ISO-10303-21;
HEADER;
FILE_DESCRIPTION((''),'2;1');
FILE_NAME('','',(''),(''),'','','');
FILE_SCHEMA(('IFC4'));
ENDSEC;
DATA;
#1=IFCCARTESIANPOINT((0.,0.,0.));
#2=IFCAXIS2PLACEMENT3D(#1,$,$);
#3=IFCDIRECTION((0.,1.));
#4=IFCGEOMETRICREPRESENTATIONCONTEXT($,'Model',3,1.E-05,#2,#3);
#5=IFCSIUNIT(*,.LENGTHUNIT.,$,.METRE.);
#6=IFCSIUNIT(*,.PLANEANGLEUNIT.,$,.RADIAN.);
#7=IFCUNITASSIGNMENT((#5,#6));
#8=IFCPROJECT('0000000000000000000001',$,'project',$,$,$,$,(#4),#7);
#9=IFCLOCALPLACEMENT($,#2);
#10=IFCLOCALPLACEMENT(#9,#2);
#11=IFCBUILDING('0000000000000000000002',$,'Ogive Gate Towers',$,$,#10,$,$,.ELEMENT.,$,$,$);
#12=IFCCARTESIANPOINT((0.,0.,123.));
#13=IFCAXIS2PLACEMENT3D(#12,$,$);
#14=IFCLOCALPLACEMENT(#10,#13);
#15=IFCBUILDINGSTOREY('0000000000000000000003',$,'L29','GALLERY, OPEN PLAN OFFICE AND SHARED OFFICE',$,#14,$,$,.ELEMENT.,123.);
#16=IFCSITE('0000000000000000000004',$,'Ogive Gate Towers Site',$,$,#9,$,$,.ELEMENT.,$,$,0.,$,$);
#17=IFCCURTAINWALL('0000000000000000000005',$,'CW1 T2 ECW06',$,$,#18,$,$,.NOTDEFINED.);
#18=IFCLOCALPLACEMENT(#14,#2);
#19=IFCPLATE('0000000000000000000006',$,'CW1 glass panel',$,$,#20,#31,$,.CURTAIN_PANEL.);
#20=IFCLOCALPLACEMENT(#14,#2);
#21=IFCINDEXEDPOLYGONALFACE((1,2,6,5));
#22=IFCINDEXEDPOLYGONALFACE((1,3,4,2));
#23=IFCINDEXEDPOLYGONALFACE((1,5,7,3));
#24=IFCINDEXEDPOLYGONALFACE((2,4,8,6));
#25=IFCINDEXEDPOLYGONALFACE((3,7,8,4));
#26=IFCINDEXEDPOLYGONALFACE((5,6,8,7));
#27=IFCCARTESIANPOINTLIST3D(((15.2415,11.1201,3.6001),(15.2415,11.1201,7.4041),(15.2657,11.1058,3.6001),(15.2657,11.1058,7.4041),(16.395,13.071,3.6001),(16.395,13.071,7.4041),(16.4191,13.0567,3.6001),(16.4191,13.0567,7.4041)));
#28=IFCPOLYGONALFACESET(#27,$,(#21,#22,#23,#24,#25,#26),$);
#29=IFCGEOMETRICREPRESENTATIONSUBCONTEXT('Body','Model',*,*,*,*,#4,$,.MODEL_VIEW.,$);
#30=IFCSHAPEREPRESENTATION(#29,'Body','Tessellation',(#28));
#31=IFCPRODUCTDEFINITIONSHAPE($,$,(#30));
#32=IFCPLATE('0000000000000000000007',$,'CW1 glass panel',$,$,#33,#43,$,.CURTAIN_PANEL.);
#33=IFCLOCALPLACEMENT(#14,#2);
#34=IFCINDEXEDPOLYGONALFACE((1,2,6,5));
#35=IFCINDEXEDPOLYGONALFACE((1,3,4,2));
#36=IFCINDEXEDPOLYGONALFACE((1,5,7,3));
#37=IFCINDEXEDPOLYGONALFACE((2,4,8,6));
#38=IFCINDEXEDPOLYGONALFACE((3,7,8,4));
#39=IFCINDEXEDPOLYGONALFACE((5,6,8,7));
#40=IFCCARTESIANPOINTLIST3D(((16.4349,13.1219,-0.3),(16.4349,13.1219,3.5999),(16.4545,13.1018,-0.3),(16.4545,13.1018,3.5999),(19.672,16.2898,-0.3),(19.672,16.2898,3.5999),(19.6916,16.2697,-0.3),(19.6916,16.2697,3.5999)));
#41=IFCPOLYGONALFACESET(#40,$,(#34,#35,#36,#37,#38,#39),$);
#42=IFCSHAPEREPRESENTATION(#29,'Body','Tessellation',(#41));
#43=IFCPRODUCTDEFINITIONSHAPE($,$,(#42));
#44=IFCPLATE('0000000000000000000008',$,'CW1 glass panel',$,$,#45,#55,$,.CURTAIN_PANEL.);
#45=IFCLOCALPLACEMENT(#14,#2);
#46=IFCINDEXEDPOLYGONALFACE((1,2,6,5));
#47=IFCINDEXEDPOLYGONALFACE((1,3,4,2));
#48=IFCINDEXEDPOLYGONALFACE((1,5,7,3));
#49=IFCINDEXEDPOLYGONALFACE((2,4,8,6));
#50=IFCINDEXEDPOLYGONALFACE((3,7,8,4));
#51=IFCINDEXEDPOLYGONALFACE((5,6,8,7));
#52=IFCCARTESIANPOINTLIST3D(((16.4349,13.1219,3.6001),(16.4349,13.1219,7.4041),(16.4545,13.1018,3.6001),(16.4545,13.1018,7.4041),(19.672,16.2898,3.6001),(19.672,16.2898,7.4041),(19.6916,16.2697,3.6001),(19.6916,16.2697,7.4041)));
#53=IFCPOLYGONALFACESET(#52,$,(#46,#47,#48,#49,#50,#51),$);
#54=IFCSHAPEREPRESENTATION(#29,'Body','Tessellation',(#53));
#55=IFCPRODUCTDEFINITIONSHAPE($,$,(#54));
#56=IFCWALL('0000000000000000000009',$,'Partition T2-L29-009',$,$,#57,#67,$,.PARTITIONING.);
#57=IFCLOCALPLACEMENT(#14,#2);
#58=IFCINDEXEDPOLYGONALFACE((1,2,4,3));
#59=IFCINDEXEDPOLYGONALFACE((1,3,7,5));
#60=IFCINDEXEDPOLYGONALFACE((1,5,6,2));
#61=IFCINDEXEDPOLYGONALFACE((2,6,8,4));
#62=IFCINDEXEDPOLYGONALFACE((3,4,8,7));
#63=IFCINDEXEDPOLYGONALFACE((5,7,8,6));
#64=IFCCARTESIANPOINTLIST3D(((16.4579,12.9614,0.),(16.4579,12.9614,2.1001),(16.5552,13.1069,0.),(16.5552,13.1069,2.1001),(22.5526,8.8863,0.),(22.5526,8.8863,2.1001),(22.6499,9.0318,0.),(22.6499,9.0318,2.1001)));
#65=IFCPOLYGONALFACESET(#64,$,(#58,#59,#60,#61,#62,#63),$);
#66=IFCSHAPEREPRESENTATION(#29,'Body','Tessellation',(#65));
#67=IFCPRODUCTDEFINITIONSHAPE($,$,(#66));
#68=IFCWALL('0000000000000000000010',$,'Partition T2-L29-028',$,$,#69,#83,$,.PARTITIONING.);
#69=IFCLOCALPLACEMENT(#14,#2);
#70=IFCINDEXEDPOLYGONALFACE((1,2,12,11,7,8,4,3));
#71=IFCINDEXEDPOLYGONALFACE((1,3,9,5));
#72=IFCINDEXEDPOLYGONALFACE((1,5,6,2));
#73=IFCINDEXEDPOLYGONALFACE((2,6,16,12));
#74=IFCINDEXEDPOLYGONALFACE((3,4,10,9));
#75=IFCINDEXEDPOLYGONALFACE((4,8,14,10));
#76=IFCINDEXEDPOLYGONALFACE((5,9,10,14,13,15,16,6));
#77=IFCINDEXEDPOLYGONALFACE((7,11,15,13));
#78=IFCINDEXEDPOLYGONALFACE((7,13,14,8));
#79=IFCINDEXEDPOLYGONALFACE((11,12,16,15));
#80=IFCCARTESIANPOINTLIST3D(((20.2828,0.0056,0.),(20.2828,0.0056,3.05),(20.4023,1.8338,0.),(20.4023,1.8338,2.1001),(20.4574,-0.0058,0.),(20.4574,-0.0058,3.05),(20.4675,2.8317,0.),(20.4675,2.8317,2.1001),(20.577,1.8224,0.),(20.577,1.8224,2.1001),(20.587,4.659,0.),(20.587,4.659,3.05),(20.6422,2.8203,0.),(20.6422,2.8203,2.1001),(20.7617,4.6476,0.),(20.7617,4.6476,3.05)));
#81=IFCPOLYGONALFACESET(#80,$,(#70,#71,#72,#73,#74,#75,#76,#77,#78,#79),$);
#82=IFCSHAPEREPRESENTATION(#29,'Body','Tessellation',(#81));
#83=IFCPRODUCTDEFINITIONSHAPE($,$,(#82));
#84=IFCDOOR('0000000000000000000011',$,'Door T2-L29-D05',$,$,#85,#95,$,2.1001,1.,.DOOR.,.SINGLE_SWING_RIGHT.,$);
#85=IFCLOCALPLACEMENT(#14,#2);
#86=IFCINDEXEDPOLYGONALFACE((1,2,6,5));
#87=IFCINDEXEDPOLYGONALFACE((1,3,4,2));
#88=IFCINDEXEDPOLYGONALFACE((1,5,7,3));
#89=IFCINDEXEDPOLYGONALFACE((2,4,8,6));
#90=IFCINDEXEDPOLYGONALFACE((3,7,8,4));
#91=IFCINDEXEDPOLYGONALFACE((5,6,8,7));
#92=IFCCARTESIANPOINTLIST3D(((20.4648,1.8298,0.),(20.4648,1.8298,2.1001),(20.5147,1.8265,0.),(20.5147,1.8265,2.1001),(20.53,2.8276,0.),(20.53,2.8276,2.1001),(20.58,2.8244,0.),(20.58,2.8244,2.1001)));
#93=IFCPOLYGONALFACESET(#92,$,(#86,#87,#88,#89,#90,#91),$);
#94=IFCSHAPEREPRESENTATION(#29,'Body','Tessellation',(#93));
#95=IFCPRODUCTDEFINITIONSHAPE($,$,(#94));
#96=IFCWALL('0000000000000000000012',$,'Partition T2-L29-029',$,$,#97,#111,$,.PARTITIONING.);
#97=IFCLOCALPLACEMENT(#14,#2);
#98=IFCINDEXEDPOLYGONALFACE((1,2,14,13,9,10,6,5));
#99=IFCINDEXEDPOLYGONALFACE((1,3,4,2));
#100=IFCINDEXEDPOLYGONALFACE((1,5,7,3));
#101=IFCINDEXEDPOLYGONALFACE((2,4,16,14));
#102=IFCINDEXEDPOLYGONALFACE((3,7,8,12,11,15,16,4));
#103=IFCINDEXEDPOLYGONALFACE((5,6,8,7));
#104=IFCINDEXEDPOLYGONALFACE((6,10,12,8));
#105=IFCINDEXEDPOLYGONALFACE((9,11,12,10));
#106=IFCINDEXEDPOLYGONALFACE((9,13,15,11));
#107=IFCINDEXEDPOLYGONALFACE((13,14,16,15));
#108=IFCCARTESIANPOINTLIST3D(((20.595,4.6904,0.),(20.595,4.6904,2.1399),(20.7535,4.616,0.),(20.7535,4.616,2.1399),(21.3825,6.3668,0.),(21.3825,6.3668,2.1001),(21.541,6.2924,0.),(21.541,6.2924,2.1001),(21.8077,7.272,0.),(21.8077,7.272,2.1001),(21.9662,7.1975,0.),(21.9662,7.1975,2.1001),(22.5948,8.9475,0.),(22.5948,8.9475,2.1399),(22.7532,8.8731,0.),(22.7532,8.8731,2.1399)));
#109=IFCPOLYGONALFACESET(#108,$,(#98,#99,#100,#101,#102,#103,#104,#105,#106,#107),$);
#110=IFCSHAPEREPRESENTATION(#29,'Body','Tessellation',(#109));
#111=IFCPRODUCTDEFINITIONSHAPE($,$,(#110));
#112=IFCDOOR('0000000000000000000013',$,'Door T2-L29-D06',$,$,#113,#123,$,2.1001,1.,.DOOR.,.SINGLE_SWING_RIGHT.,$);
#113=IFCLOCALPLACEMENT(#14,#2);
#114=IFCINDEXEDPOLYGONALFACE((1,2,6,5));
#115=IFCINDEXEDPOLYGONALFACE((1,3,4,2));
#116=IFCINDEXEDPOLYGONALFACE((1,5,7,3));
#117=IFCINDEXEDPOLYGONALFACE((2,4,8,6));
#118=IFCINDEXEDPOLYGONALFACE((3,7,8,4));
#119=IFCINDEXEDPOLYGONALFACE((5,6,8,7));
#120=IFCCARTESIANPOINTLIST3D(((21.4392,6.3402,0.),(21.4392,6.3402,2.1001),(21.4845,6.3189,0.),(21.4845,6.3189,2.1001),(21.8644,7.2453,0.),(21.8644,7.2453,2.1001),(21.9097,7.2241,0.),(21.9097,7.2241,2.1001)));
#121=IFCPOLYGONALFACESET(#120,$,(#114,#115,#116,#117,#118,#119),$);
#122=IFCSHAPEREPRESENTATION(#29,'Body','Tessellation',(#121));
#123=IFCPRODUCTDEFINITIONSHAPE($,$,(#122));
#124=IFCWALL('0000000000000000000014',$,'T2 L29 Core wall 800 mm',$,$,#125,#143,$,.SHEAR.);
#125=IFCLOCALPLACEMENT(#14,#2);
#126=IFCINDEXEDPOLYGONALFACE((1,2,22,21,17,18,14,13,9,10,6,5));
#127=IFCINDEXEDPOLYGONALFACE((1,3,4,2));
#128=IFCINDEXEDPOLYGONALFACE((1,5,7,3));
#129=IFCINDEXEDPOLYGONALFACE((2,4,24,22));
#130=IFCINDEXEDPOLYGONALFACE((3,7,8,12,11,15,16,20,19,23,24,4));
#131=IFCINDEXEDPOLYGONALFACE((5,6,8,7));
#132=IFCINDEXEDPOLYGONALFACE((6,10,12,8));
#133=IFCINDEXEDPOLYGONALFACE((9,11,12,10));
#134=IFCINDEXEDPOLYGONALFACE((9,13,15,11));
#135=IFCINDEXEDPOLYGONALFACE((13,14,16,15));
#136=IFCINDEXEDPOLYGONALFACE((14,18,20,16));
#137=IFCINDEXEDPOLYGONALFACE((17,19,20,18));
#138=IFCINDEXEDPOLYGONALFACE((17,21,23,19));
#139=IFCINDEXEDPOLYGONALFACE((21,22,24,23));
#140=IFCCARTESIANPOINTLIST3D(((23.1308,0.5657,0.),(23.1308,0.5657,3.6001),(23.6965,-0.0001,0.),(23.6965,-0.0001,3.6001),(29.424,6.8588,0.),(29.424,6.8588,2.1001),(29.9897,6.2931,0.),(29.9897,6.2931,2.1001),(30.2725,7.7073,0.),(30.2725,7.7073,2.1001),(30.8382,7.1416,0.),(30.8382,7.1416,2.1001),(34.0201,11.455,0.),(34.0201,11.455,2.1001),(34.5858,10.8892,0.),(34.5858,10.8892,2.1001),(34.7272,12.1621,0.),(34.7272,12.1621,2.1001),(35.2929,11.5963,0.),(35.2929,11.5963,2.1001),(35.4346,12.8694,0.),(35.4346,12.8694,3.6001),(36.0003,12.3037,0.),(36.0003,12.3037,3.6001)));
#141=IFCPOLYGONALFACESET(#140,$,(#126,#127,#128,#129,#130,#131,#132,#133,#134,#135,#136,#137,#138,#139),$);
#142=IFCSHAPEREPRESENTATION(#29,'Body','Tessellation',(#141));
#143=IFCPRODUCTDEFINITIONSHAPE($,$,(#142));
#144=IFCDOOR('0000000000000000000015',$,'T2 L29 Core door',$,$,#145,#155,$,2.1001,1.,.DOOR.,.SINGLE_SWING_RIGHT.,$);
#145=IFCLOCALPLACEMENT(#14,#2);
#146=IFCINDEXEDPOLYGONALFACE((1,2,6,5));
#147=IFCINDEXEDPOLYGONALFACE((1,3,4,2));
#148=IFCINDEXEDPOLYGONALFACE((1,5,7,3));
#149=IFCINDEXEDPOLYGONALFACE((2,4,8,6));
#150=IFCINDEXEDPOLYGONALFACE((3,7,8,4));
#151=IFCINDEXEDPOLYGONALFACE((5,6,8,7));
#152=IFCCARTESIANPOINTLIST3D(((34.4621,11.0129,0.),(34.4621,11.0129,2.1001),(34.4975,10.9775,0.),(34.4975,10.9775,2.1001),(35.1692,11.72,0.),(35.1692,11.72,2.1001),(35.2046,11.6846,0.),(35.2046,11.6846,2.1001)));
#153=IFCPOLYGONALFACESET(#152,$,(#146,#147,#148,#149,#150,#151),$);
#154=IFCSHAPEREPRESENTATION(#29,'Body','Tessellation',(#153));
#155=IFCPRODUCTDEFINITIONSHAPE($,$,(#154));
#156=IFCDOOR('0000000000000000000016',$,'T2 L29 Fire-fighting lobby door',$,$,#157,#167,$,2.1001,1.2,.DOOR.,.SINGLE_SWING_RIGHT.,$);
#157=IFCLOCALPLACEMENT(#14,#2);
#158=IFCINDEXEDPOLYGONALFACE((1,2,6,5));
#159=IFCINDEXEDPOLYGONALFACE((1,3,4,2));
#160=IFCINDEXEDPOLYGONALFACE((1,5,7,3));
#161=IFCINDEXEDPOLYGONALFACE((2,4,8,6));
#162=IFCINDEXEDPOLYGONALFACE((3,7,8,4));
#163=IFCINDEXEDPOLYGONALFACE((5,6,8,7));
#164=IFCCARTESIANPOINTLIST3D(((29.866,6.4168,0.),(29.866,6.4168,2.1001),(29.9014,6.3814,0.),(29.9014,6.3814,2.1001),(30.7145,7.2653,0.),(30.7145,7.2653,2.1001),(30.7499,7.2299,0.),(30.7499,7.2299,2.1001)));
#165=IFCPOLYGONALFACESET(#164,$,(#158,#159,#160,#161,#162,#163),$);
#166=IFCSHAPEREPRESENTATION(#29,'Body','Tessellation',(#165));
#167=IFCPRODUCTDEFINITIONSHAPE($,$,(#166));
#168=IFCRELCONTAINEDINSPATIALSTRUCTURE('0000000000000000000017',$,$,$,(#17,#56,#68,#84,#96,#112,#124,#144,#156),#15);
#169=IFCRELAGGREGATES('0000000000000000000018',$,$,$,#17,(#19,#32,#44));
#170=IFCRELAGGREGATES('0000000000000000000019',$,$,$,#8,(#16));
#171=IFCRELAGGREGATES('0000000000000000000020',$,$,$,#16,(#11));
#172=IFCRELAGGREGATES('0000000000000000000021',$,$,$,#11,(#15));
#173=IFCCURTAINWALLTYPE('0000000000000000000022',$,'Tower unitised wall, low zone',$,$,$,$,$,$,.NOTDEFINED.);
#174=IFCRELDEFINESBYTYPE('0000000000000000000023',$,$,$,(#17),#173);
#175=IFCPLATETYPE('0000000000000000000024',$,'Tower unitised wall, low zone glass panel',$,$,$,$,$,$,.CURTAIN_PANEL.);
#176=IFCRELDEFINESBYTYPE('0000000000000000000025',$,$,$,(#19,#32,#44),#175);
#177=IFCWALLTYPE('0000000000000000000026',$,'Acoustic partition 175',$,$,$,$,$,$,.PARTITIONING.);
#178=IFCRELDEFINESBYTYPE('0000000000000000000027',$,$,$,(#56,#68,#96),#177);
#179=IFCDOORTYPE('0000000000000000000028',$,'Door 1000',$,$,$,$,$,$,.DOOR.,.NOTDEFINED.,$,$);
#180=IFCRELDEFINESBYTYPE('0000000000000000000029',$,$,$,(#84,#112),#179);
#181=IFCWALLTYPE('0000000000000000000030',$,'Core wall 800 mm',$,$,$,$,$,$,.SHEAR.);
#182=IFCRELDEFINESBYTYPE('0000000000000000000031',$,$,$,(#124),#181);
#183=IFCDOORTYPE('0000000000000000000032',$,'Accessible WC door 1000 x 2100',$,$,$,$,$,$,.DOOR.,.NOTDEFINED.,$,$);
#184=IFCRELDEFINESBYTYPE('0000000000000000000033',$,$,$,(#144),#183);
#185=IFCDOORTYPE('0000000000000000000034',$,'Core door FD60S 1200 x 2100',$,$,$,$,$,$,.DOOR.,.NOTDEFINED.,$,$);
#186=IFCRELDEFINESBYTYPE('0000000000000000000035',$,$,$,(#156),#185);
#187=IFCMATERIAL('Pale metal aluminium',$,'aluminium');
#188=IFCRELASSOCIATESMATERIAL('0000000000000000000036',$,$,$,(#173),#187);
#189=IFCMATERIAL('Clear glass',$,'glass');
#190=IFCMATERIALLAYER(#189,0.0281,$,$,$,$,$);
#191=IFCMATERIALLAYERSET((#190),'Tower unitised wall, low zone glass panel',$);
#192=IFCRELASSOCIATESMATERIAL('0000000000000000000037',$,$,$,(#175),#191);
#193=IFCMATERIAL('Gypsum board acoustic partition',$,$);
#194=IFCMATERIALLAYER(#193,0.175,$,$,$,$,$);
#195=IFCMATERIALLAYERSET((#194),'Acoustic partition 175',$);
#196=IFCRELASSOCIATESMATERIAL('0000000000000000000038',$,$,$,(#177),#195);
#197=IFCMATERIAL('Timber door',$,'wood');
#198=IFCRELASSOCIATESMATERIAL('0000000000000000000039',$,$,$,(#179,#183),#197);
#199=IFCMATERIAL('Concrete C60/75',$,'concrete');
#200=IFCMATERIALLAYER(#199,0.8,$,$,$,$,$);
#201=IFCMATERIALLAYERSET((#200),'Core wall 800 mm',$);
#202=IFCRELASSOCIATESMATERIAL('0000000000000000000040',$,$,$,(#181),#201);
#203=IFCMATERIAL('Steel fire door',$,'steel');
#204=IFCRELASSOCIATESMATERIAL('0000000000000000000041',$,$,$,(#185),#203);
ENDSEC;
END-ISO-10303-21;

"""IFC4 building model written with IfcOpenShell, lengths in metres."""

from ifc_helpers import new_model, si_unit, direction, frame, frame_2d, origin, origin_2d, place, context, subcontext, project, spatial, rectangle, extrude, material, layer, layer_set, type_object, element, fill, aggregate, save


model = new_model("IFC4")

# Units and contexts
model_context = context("Model", 3, precision=1e-05, world=origin(), true_north=direction((0.0, 1.0)))
body_context = subcontext(model_context, "Body", "Model", "MODEL_VIEW")
ifc_project = project(units=[si_unit("LENGTHUNIT", "METRE"), si_unit("PLANEANGLEUNIT", "RADIAN")], contexts=[model_context])

# Site, building, storey
site_placement = place(None, origin())
site = spatial("IfcSite", under=ifc_project, at=site_placement, Name="Ogive Gate Towers Site", CompositionType="ELEMENT", RefElevation=0.0)
building_placement = place(site_placement, origin())
building = spatial("IfcBuilding", under=site, at=building_placement, Name="Ogive Gate Towers", CompositionType="ELEMENT")
storey_placement = place(building_placement, frame((0.0, 0.0, 123.0)))
storey = spatial("IfcBuildingStorey", under=building, at=storey_placement, Name="L29", Description="GALLERY, OPEN PLAN OFFICE AND SHARED OFFICE", CompositionType="ELEMENT", Elevation=123.0)

# Curtain wall, plates
ifc_material_1 = material(Name="Pale metal aluminium", Category="aluminium")
curtain_wall_type = type_object("IfcCurtainWallType", Name="Tower unitised wall, low zone", PredefinedType="NOTDEFINED", material=ifc_material_1)
curtain_wall_placement = place(storey_placement, origin())
curtain_wall = element("IfcCurtainWall", 1, at=curtain_wall_placement, inside=storey, type_object=curtain_wall_type, Name="CW1 T2 ECW06", PredefinedType="NOTDEFINED")
ifc_material_2 = material(Name="Clear glass", Category="glass")
ifc_layer_1 = layer(ifc_material_2, 0.0281)
ifc_layer_set_1 = layer_set([ifc_layer_1], Name="Tower unitised wall, low zone glass panel")
plate_type = type_object("IfcPlateType", Name="Tower unitised wall, low zone glass panel", PredefinedType="CURTAIN_PANEL", material=ifc_layer_set_1)
plate_1_placement = place(storey_placement, frame((15.8303, 12.0884, 3.6001), z_axis=(0.0, 0.0, 1.0), x_axis=(0.508936, 0.860804, 0.0)))
plate_1 = element("IfcPlate", 2, at=plate_1_placement, type_object=plate_type, Name="CW1 glass panel", PredefinedType="CURTAIN_PANEL", context=body_context, shape_type="SweptSolid", body=[
    extrude(rectangle(XDim=2.2664, YDim=0.0281, at=origin_2d()), origin(), (0.0, 0.0, 1.0), 3.804),
])
plate_2_placement = place(storey_placement, frame((18.0632, 14.6958, -0.3), z_axis=(0.0, 0.0, 1.0), x_axis=(0.714705, 0.699426, 0.0)))
plate_2 = element("IfcPlate", 3, at=plate_2_placement, type_object=plate_type, Name="CW1 glass panel", PredefinedType="CURTAIN_PANEL", context=body_context, shape_type="SweptSolid", body=[
    extrude(rectangle(XDim=4.5293, YDim=0.0281, at=origin_2d()), origin(), (0.0, 0.0, 1.0), 3.8999),
])
plate_3_placement = place(storey_placement, frame((18.0632, 14.6958, 3.6001), z_axis=(0.0, 0.0, 1.0), x_axis=(0.714705, 0.699426, 0.0)))
plate_3 = element("IfcPlate", 4, at=plate_3_placement, type_object=plate_type, Name="CW1 glass panel", PredefinedType="CURTAIN_PANEL", context=body_context, shape_type="SweptSolid", body=[
    extrude(rectangle(XDim=4.5293, YDim=0.0281, at=origin_2d()), origin(), (0.0, 0.0, 1.0), 3.804),
])
aggregate(curtain_wall, [plate_1, plate_2, plate_3])

# Wall
ifc_material_3 = material(Name="Gypsum board acoustic partition")
ifc_layer_2 = layer(ifc_material_3, 0.175)
ifc_layer_set_2 = layer_set([ifc_layer_2], Name="Acoustic partition 175")
wall_type_1 = type_object("IfcWallType", Name="Acoustic partition 175", PredefinedType="PARTITIONING", material=ifc_layer_set_2)
wall_1_placement = place(storey_placement, frame((16.5066, 13.0342, 0.0), z_axis=(0.0, 0.0, 1.0), x_axis=(0.831291, -0.555837, 0.0)))
element("IfcWall", 5, at=wall_1_placement, inside=storey, type_object=wall_type_1, Name="Partition T2-L29-009", PredefinedType="PARTITIONING", context=body_context, shape_type="SweptSolid", body=[
    extrude(rectangle(XDim=7.3315, YDim=0.175, at=frame_2d((3.6658, 0.0))), origin(), (0.0, 0.0, 1.0), 2.1001),
])

# Walls, openings, doors
wall_2_placement = place(storey_placement, frame((20.3701, 0.0, 0.0), z_axis=(0.0, 0.0, 1.0), x_axis=(0.065233, 0.99787, 0.0)))
wall_2 = element("IfcWall", 6, at=wall_2_placement, inside=storey, type_object=wall_type_1, Name="Partition T2-L29-028", PredefinedType="PARTITIONING", context=body_context, shape_type="SweptSolid", body=[
    extrude(rectangle(XDim=4.6633, YDim=0.175, at=frame_2d((2.3315, 0.0))), origin(), (0.0, 0.0, 1.0), 3.05),
])
opening_1_placement = place(wall_2_placement, frame((1.832, 0.0, 0.0)))
opening_1 = element("IfcOpeningElement", 7, at=opening_1_placement, cuts=wall_2, PredefinedType="OPENING", context=body_context, shape_type="SweptSolid", body=[
    extrude(rectangle(XDim=1.0, YDim=2.1001, at=frame_2d((0.5, 1.05))), frame((0.0, 0.0977, 0.0), z_axis=(0.0, -1.0, 0.0), x_axis=(1.0, 0.0, 0.0)), (0.0, 0.0, 1.0), 0.1951),
])
ifc_material_4 = material(Name="Timber door", Category="wood")
door_type_1 = type_object("IfcDoorType", Name="Door 1000", OperationType="NOTDEFINED", PredefinedType="DOOR", material=ifc_material_4)
door_1_placement = place(opening_1_placement, origin())
door_1 = element("IfcDoor", 8, at=door_1_placement, inside=storey, type_object=door_type_1, Name="Door T2-L29-D05", OperationType="SINGLE_SWING_RIGHT", OverallHeight=2.1001, OverallWidth=1.0, PredefinedType="DOOR", context=body_context, shape_type="SweptSolid", body=[
    extrude(rectangle(XDim=1.0, YDim=2.1001, at=frame_2d((0.5, 1.05))), frame((0.0, 0.0249, 0.0), z_axis=(0.0, -1.0, 0.0), x_axis=(1.0, 0.0, 0.0)), (0.0, 0.0, 1.0), 0.05),
])
fill(opening_1, door_1)
wall_3_placement = place(storey_placement, frame((20.6743, 4.6533, 0.0), z_axis=(0.0, 0.0, 1.0), x_axis=(0.425174, 0.905111, 0.0)))
wall_3 = element("IfcWall", 9, at=wall_3_placement, inside=storey, type_object=wall_type_1, Name="Partition T2-L29-029", PredefinedType="PARTITIONING", context=body_context, shape_type="SweptSolid", body=[
    extrude(rectangle(XDim=4.7034, YDim=0.175, at=frame_2d((2.3516, 0.0))), origin(), (0.0, 0.0, 1.0), 2.1399),
])
opening_2_placement = place(wall_3_placement, frame((1.8521, 0.0, 0.0)))
opening_2 = element("IfcOpeningElement", 10, at=opening_2_placement, cuts=wall_3, PredefinedType="OPENING", context=body_context, shape_type="SweptSolid", body=[
    extrude(rectangle(XDim=1.0, YDim=2.1001, at=frame_2d((0.5, 1.05))), frame((0.0, 0.0977, 0.0), z_axis=(0.0, -1.0, 0.0), x_axis=(1.0, 0.0, 0.0)), (0.0, 0.0, 1.0), 0.1951),
])
door_2_placement = place(opening_2_placement, origin())
door_2 = element("IfcDoor", 11, at=door_2_placement, inside=storey, type_object=door_type_1, Name="Door T2-L29-D06", OperationType="SINGLE_SWING_RIGHT", OverallHeight=2.1001, OverallWidth=1.0, PredefinedType="DOOR", context=body_context, shape_type="SweptSolid", body=[
    extrude(rectangle(XDim=1.0, YDim=2.1001, at=frame_2d((0.5, 1.05))), frame((0.0, 0.0249, 0.0), z_axis=(0.0, -1.0, 0.0), x_axis=(1.0, 0.0, 0.0)), (0.0, 0.0, 1.0), 0.05),
])
fill(opening_2, door_2)

# Wall, openings, doors
ifc_material_5 = material(Name="Concrete C60/75", Category="concrete")
ifc_layer_3 = layer(ifc_material_5, 0.8)
ifc_layer_set_3 = layer_set([ifc_layer_3], Name="Core wall 800 mm")
wall_type_2 = type_object("IfcWallType", Name="Core wall 800 mm", PredefinedType="SHEAR", material=ifc_layer_set_3)
wall_4_placement = place(storey_placement, frame((23.4136, 0.2827, 0.0), z_axis=(0.0, 0.0, 1.0), x_axis=(0.707107, 0.707107, 0.0)))
wall_4 = element("IfcWall", 12, at=wall_4_placement, inside=storey, type_object=wall_type_2, Name="T2 L29 Core wall 800 mm", PredefinedType="SHEAR", context=body_context, shape_type="SweptSolid", body=[
    extrude(rectangle(XDim=17.4001, YDim=0.8, at=frame_2d((8.7002, 0.0))), origin(), (0.0, 0.0, 1.0), 3.6001),
])
opening_3_placement = place(wall_4_placement, frame((8.8999, 0.0, 0.0)))
opening_3 = element("IfcOpeningElement", 13, at=opening_3_placement, cuts=wall_4, PredefinedType="OPENING", context=body_context, shape_type="SweptSolid", body=[
    extrude(rectangle(XDim=1.2, YDim=2.1001, at=frame_2d((0.6001, 1.05))), frame((0.0, 0.4102, 0.0), z_axis=(0.0, -1.0, 0.0), x_axis=(1.0, 0.0, 0.0)), (0.0, 0.0, 1.0), 0.8201),
])
opening_4_placement = place(wall_4_placement, frame((15.3999, 0.0, 0.0)))
opening_4 = element("IfcOpeningElement", 14, at=opening_4_placement, cuts=wall_4, PredefinedType="OPENING", context=body_context, shape_type="SweptSolid", body=[
    extrude(rectangle(XDim=1.0, YDim=2.1001, at=frame_2d((0.5, 1.05))), frame((0.0, 0.4102, 0.0), z_axis=(0.0, -1.0, 0.0), x_axis=(1.0, 0.0, 0.0)), (0.0, 0.0, 1.0), 0.8201),
])
door_type_2 = type_object("IfcDoorType", Name="Accessible WC door 1000 x 2100", OperationType="NOTDEFINED", PredefinedType="DOOR", material=ifc_material_4)
door_3_placement = place(opening_4_placement, origin())
door_3 = element("IfcDoor", 15, at=door_3_placement, inside=storey, type_object=door_type_2, Name="T2 L29 Core door", OperationType="SINGLE_SWING_RIGHT", OverallHeight=2.1001, OverallWidth=1.0, PredefinedType="DOOR", context=body_context, shape_type="SweptSolid", body=[
    extrude(rectangle(XDim=1.0, YDim=2.1001, at=frame_2d((0.5, 1.05))), frame((0.0, -0.2251, 0.0), z_axis=(0.0, -1.0, 0.0), x_axis=(1.0, 0.0, 0.0)), (0.0, 0.0, 1.0), 0.05),
])
fill(opening_4, door_3)
ifc_material_6 = material(Name="Steel fire door", Category="steel")
door_type_3 = type_object("IfcDoorType", Name="Core door FD60S 1200 x 2100", OperationType="NOTDEFINED", PredefinedType="DOOR", material=ifc_material_6)
door_4_placement = place(opening_3_placement, origin())
door_4 = element("IfcDoor", 16, at=door_4_placement, inside=storey, type_object=door_type_3, Name="T2 L29 Fire-fighting lobby door", OperationType="SINGLE_SWING_RIGHT", OverallHeight=2.1001, OverallWidth=1.2, PredefinedType="DOOR", context=body_context, shape_type="SweptSolid", body=[
    extrude(rectangle(XDim=1.2, YDim=2.1001, at=frame_2d((0.6001, 1.05))), frame((0.0, -0.2251, 0.0), z_axis=(0.0, -1.0, 0.0), x_axis=(1.0, 0.0, 0.0)), (0.0, 0.0, 1.0), 0.05),
])
fill(opening_3, door_4)

save(model, "model.ifc")
